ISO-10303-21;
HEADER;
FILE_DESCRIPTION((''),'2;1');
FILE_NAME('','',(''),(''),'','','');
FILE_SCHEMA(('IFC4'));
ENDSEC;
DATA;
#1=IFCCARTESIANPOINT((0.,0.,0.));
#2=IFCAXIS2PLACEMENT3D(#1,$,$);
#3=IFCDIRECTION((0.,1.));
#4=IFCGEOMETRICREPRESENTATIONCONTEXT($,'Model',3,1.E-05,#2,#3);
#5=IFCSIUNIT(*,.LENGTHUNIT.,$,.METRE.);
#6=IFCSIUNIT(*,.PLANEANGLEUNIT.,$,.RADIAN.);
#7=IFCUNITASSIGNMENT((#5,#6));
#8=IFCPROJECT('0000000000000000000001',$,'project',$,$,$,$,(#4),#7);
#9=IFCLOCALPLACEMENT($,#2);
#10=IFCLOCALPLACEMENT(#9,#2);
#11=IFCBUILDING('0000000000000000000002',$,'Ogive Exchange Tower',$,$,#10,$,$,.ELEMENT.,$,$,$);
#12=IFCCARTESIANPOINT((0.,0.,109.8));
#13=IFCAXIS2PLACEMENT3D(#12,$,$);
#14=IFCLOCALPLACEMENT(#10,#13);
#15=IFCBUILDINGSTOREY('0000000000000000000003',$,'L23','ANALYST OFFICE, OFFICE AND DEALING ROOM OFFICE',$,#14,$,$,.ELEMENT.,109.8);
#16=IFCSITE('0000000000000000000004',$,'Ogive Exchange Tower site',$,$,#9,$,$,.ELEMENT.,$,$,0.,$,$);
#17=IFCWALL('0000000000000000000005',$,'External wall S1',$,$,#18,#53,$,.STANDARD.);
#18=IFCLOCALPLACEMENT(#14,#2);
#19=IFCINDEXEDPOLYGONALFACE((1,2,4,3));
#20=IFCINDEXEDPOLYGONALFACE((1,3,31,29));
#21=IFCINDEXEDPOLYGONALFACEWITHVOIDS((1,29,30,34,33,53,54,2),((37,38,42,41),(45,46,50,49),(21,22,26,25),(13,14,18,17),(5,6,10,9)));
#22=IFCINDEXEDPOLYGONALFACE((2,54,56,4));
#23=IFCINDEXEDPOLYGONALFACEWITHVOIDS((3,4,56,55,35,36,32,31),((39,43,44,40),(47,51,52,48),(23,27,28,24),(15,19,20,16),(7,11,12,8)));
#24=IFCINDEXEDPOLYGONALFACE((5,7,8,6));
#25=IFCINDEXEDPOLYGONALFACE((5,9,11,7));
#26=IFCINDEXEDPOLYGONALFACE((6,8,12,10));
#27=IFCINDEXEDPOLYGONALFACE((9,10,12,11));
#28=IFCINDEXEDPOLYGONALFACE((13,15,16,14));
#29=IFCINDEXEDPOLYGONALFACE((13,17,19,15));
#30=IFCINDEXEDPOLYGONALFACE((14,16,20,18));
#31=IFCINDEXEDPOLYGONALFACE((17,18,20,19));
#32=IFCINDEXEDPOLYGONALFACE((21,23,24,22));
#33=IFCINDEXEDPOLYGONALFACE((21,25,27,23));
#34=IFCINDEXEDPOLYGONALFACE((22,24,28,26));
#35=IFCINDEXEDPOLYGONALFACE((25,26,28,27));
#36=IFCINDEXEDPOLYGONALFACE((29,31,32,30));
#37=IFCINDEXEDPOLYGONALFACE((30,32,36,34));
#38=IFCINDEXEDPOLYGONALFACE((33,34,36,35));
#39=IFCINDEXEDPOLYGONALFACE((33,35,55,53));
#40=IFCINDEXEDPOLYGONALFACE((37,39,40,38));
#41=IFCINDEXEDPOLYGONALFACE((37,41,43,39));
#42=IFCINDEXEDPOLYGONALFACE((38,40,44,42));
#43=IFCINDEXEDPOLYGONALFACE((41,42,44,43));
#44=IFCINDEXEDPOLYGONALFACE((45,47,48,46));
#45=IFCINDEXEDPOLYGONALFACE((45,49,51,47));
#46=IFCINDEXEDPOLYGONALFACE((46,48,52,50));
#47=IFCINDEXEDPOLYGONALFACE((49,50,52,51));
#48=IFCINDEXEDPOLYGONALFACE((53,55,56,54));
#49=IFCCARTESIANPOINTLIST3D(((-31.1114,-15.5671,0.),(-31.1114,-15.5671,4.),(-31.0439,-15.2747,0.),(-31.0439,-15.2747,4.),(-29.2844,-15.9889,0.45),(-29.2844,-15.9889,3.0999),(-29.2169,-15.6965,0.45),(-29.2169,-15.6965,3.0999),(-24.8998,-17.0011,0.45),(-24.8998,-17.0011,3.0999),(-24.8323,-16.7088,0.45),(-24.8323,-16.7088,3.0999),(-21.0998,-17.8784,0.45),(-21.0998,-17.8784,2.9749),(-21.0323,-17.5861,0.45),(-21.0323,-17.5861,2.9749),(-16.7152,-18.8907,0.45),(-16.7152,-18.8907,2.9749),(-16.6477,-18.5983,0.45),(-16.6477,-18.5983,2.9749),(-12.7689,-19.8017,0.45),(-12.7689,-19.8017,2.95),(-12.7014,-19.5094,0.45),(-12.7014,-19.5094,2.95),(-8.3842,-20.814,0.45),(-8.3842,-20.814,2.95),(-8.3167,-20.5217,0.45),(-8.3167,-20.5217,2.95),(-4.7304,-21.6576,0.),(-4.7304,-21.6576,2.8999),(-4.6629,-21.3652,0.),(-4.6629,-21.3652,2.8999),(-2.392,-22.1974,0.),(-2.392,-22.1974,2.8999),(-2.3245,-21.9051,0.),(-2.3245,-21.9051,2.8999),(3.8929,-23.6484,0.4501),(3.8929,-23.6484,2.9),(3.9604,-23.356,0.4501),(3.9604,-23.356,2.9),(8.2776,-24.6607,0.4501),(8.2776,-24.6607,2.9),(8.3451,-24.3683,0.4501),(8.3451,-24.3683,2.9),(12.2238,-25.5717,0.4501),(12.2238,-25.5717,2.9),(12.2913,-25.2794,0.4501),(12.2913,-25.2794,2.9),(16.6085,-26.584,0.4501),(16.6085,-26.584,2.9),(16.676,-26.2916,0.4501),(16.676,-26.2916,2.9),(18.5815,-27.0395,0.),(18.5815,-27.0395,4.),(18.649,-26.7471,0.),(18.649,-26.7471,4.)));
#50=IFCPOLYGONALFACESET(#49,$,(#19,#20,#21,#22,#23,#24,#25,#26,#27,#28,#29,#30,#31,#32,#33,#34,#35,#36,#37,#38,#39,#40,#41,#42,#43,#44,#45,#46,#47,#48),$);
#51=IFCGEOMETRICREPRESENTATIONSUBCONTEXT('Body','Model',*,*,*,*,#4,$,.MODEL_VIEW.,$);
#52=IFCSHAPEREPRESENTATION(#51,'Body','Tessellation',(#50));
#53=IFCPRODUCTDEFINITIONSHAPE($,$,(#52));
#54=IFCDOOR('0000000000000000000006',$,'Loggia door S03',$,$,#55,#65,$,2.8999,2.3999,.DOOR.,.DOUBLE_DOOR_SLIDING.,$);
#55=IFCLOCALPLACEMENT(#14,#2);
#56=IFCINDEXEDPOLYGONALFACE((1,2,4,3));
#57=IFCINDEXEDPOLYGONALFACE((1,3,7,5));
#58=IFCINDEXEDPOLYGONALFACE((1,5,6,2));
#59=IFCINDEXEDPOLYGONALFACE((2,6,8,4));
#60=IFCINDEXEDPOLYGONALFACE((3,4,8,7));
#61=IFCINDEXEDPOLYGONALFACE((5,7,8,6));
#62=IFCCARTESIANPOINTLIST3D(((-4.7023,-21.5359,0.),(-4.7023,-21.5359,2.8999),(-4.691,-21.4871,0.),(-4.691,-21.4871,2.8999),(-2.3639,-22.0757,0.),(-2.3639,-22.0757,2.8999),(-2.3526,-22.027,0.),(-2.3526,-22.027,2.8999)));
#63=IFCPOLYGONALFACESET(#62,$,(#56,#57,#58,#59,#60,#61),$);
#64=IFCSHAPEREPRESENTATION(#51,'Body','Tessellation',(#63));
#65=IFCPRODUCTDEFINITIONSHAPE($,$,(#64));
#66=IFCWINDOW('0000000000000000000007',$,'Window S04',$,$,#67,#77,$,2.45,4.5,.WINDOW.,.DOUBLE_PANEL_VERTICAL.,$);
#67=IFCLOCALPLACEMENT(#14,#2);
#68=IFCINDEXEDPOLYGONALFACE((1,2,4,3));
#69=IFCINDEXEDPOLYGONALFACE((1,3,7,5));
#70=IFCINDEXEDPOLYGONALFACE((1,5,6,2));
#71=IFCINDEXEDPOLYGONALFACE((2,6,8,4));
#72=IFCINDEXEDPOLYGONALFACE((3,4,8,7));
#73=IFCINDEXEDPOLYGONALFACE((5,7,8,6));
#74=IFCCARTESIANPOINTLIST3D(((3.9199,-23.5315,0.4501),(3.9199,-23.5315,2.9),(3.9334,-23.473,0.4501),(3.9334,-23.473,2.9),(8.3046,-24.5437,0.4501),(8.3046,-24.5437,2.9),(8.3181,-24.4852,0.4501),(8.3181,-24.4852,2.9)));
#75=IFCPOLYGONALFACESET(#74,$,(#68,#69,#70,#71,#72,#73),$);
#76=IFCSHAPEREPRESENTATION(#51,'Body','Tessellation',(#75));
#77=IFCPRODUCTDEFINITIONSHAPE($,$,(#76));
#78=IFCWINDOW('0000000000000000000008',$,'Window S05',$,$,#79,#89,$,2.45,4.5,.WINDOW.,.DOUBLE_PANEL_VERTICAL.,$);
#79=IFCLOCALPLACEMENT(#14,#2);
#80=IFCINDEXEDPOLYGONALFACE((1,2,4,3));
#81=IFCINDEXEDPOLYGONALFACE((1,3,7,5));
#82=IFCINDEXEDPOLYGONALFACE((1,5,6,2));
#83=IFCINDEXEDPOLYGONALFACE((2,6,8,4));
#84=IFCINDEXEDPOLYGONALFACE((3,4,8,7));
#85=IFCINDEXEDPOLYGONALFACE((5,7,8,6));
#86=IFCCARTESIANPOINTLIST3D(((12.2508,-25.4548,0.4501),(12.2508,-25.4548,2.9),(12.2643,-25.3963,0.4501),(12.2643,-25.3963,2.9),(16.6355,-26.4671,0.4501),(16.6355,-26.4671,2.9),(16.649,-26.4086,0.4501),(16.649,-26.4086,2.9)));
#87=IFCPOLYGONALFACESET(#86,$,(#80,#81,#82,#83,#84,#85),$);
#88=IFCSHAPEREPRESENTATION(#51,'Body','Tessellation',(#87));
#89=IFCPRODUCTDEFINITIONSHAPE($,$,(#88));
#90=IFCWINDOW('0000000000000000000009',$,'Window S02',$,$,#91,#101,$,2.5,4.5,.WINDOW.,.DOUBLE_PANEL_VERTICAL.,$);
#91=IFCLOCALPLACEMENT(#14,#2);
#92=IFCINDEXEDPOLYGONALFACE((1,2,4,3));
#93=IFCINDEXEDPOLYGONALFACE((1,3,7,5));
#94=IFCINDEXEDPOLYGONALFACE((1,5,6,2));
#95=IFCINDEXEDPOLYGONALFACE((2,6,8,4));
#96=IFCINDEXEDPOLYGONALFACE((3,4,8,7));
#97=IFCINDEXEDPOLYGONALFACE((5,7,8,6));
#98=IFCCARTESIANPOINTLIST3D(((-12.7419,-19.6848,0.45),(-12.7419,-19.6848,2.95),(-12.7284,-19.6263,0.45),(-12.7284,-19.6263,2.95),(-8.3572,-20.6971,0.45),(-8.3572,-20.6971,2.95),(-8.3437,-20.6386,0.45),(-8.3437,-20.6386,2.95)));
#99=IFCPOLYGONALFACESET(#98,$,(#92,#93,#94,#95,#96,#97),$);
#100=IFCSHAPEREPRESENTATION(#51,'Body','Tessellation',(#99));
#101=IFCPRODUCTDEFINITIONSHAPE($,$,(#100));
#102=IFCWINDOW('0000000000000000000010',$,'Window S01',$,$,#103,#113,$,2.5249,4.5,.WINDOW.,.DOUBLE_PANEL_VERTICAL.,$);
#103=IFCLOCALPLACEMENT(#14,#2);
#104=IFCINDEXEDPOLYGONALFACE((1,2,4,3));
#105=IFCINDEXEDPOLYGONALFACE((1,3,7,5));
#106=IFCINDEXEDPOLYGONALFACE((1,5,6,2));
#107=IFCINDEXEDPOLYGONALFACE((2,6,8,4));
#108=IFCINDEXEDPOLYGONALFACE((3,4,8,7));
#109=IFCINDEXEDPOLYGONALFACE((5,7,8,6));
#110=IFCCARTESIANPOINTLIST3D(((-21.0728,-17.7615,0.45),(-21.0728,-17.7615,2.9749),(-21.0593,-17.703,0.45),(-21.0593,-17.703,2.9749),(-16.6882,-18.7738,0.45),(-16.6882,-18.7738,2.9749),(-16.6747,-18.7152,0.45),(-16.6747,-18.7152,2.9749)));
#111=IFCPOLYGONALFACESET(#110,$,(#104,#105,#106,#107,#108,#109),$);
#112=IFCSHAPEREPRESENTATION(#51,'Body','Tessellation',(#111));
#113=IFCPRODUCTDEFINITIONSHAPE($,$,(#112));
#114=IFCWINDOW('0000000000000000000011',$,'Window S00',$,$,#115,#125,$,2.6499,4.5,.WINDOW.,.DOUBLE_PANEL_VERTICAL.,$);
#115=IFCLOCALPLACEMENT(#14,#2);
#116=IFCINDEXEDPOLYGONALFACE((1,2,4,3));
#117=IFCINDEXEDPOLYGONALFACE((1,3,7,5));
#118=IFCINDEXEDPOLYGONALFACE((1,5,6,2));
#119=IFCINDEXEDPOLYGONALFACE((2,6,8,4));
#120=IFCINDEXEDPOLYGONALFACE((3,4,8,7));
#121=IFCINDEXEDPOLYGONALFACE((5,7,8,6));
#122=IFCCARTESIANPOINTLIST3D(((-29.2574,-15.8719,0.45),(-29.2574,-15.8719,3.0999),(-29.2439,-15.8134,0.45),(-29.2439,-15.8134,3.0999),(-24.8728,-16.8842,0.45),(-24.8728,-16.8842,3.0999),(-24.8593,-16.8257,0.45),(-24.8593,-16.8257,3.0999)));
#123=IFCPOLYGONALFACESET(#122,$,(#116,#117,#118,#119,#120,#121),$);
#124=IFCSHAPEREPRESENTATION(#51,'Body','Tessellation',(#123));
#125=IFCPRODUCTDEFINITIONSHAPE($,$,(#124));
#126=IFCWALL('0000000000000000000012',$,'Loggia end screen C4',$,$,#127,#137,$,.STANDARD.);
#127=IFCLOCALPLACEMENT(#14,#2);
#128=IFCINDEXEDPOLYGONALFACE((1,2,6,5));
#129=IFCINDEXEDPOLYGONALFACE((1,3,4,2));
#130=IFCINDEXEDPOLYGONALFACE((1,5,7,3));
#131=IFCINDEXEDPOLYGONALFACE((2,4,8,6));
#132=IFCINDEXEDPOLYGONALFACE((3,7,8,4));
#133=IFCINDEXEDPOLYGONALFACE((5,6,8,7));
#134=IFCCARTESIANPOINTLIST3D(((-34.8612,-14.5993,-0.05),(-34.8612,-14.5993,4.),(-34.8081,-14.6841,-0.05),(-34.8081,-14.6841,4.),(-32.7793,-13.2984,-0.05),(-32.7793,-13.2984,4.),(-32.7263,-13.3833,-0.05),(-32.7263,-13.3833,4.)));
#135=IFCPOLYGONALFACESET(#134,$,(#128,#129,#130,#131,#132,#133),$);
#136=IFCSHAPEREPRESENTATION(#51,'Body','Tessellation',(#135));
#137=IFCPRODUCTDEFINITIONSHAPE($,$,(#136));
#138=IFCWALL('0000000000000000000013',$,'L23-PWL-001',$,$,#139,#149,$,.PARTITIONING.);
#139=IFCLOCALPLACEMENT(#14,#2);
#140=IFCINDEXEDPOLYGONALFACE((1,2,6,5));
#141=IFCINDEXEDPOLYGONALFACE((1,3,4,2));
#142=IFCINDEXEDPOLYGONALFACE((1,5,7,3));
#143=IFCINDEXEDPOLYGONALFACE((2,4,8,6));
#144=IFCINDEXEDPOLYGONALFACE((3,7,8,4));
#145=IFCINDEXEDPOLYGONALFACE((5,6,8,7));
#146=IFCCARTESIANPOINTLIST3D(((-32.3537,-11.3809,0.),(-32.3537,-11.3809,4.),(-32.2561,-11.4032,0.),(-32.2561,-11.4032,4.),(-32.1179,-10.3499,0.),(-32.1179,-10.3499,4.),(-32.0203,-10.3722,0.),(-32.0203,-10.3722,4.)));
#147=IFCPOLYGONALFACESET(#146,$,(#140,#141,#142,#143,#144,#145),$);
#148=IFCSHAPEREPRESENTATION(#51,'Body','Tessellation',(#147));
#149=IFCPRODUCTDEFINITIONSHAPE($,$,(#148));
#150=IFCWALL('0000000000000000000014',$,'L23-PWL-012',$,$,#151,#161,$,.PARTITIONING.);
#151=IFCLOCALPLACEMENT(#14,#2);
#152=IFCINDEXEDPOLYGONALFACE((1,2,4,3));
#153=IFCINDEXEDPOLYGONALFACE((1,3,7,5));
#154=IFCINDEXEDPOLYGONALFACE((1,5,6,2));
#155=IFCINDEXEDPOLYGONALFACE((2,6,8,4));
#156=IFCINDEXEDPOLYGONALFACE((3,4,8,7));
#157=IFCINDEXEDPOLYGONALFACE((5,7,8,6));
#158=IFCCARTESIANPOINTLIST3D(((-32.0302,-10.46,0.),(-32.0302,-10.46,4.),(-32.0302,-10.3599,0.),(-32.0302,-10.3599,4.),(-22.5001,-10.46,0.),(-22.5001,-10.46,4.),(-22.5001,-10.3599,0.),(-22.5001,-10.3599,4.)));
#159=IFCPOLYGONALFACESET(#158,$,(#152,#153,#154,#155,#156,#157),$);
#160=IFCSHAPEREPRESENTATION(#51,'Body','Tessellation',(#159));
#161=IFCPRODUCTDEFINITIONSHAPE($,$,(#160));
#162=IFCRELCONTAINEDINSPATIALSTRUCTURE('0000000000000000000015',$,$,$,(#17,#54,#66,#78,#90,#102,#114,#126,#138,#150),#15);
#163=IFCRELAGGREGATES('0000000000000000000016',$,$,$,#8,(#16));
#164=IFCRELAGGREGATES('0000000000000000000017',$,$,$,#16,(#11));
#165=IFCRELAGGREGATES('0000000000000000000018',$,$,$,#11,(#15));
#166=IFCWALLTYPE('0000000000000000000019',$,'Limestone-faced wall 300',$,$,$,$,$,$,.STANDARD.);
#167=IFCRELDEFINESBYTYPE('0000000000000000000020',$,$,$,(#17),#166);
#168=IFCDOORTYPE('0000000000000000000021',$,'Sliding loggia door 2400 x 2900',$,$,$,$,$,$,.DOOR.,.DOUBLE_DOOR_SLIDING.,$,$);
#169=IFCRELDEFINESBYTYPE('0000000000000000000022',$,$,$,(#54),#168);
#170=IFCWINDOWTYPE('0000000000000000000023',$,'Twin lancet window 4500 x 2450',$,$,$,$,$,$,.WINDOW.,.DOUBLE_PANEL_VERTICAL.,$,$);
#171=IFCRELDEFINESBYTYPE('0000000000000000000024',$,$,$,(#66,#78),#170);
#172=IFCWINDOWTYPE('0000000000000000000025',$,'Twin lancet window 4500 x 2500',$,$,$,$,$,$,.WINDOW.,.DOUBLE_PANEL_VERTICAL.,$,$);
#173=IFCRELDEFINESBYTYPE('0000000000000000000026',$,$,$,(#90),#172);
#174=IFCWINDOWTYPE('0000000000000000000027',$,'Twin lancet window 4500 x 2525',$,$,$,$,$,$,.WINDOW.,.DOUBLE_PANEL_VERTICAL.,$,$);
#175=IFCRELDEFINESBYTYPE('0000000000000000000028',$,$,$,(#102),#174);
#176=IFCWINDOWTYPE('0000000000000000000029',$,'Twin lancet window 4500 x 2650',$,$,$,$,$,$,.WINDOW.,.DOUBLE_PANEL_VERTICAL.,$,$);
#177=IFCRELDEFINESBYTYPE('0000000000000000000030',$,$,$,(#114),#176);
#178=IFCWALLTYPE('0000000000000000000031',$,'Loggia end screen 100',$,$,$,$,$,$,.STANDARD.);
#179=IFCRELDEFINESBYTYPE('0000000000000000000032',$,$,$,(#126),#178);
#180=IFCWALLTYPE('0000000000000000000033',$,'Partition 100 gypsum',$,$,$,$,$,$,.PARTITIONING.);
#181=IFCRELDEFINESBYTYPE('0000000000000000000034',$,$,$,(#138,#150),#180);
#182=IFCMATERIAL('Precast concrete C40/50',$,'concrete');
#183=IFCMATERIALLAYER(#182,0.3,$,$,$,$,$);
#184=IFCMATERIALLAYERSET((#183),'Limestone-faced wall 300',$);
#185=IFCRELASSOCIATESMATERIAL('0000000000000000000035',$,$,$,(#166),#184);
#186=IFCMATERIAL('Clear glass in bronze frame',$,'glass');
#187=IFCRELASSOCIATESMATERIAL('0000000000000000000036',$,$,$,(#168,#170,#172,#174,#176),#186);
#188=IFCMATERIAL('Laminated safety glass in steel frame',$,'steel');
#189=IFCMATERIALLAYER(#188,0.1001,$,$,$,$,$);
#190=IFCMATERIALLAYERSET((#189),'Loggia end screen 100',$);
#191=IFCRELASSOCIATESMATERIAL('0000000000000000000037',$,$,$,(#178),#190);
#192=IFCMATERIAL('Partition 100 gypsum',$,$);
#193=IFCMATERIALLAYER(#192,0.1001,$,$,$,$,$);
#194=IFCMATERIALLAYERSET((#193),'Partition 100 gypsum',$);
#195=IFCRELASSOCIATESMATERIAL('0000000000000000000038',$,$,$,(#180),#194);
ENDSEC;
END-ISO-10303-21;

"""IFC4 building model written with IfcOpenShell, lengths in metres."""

from ifc_helpers import new_model, si_unit, direction, frame, frame_2d, origin, place, context, subcontext, project, spatial, rectangle, extrude, material, layer, layer_set, type_object, element, fill, save


model = new_model("IFC4")

# Units and contexts
model_context = context("Model", 3, precision=1e-05, world=origin(), true_north=direction((0.0, 1.0)))
body_context = subcontext(model_context, "Body", "Model", "MODEL_VIEW")
ifc_project = project(units=[si_unit("LENGTHUNIT", "METRE"), si_unit("PLANEANGLEUNIT", "RADIAN")], contexts=[model_context])

# Site, building, storey
site_placement = place(None, origin())
site = spatial("IfcSite", under=ifc_project, at=site_placement, Name="Ogive Exchange Tower site", CompositionType="ELEMENT", RefElevation=0.0)
building_placement = place(site_placement, origin())
building = spatial("IfcBuilding", under=site, at=building_placement, Name="Ogive Exchange Tower", CompositionType="ELEMENT")
storey_placement = place(building_placement, frame((0.0, 0.0, 109.8)))
storey = spatial("IfcBuildingStorey", under=building, at=storey_placement, Name="L23", Description="ANALYST OFFICE, OFFICE AND DEALING ROOM OFFICE", CompositionType="ELEMENT", Elevation=109.8)

# Wall, openings, door, windows
ifc_material_1 = material(Name="Precast concrete C40/50", Category="concrete")
ifc_layer_1 = layer(ifc_material_1, 0.3)
ifc_layer_set_1 = layer_set([ifc_layer_1], Name="Limestone-faced wall 300")
wall_type_1 = type_object("IfcWallType", Name="Limestone-faced wall 300", PredefinedType="STANDARD", material=ifc_layer_set_1)
wall_1_placement = place(storey_placement, frame((-31.0776, -15.4209, 0.0), z_axis=(0.0, 0.0, 1.0), x_axis=(0.97437, -0.224949, 0.0)))
wall_1 = element("IfcWall", 1, at=wall_1_placement, inside=storey, type_object=wall_type_1, Name="External wall S1", PredefinedType="STANDARD", context=body_context, shape_type="SweptSolid", body=[
    extrude(rectangle(XDim=51.0, YDim=0.3, at=frame_2d((25.5, 0.0))), origin(), (0.0, 0.0, 1.0), 4.0),
])
opening_1_placement = place(wall_1_placement, frame((1.875, 0.0, 0.45)))
opening_1 = element("IfcOpeningElement", 2, at=opening_1_placement, cuts=wall_1, PredefinedType="OPENING", context=body_context, shape_type="SweptSolid", body=[
    extrude(rectangle(XDim=4.5, YDim=2.6499, at=frame_2d((2.25, 1.325))), frame((0.0, 0.1599, 0.0), z_axis=(0.0, -1.0, 0.0), x_axis=(1.0, 0.0, 0.0)), (0.0, 0.0, 1.0), 0.3201),
])
opening_2_placement = place(wall_1_placement, frame((10.2749, 0.0, 0.45)))
opening_2 = element("IfcOpeningElement", 3, at=opening_2_placement, cuts=wall_1, PredefinedType="OPENING", context=body_context, shape_type="SweptSolid", body=[
    extrude(rectangle(XDim=4.5, YDim=2.5249, at=frame_2d((2.25, 1.2625))), frame((0.0, 0.1599, 0.0), z_axis=(0.0, -1.0, 0.0), x_axis=(1.0, 0.0, 0.0)), (0.0, 0.0, 1.0), 0.3201),
])
opening_3_placement = place(wall_1_placement, frame((18.825, 0.0, 0.45)))
opening_3 = element("IfcOpeningElement", 4, at=opening_3_placement, cuts=wall_1, PredefinedType="OPENING", context=body_context, shape_type="SweptSolid", body=[
    extrude(rectangle(XDim=4.5, YDim=2.5, at=frame_2d((2.25, 1.25))), frame((0.0, 0.1599, 0.0), z_axis=(0.0, -1.0, 0.0), x_axis=(1.0, 0.0, 0.0)), (0.0, 0.0, 1.0), 0.3201),
])
opening_4_placement = place(wall_1_placement, frame((27.075, 0.0, 0.0)))
opening_4 = element("IfcOpeningElement", 5, at=opening_4_placement, cuts=wall_1, PredefinedType="OPENING", context=body_context, shape_type="SweptSolid", body=[
    extrude(rectangle(XDim=2.3999, YDim=2.8999, at=frame_2d((1.2, 1.45))), frame((0.0, 0.1599, 0.0), z_axis=(0.0, -1.0, 0.0), x_axis=(1.0, 0.0, 0.0)), (0.0, 0.0, 1.0), 0.3201),
])
opening_5_placement = place(wall_1_placement, frame((35.925, 0.0, 0.45)))
opening_5 = element("IfcOpeningElement", 6, at=opening_5_placement, cuts=wall_1, PredefinedType="OPENING", context=body_context, shape_type="SweptSolid", body=[
    extrude(rectangle(XDim=4.5, YDim=2.45, at=frame_2d((2.25, 1.2251))), frame((0.0, 0.1599, 0.0), z_axis=(0.0, -1.0, 0.0), x_axis=(1.0, 0.0, 0.0)), (0.0, 0.0, 1.0), 0.3201),
])
opening_6_placement = place(wall_1_placement, frame((44.4751, 0.0, 0.45)))
opening_6 = element("IfcOpeningElement", 7, at=opening_6_placement, cuts=wall_1, PredefinedType="OPENING", context=body_context, shape_type="SweptSolid", body=[
    extrude(rectangle(XDim=4.5, YDim=2.45, at=frame_2d((2.25, 1.2251))), frame((0.0, 0.1599, 0.0), z_axis=(0.0, -1.0, 0.0), x_axis=(1.0, 0.0, 0.0)), (0.0, 0.0, 1.0), 0.3201),
])
ifc_material_2 = material(Name="Clear glass in bronze frame", Category="glass")
door_type = type_object("IfcDoorType", Name="Sliding loggia door 2400 x 2900", OperationType="DOUBLE_DOOR_SLIDING", PredefinedType="DOOR", material=ifc_material_2)
door_placement = place(opening_4_placement, origin())
door = element("IfcDoor", 8, at=door_placement, inside=storey, type_object=door_type, Name="Loggia door S03", OperationType="DOUBLE_DOOR_SLIDING", OverallHeight=2.8999, OverallWidth=2.3999, PredefinedType="DOOR", context=body_context, shape_type="SweptSolid", body=[
    extrude(rectangle(XDim=2.3999, YDim=2.8999, at=frame_2d((1.2, 1.45))), frame((0.0, 0.0249, 0.0), z_axis=(0.0, -1.0, 0.0), x_axis=(1.0, 0.0, 0.0)), (0.0, 0.0, 1.0), 0.05),
])
fill(opening_4, door)
window_type_1 = type_object("IfcWindowType", Name="Twin lancet window 4500 x 2450", PartitioningType="DOUBLE_PANEL_VERTICAL", PredefinedType="WINDOW", material=ifc_material_2)
window_1_placement = place(opening_5_placement, origin())
window_1 = element("IfcWindow", 9, at=window_1_placement, inside=storey, type_object=window_type_1, Name="Window S04", OverallHeight=2.45, OverallWidth=4.5, PartitioningType="DOUBLE_PANEL_VERTICAL", PredefinedType="WINDOW", context=body_context, shape_type="SweptSolid", body=[
    extrude(rectangle(XDim=4.5, YDim=2.45, at=frame_2d((2.25, 1.2251))), frame((0.0, 0.03, 0.0), z_axis=(0.0, -1.0, 0.0), x_axis=(1.0, 0.0, 0.0)), (0.0, 0.0, 1.0), 0.0601),
])
fill(opening_5, window_1)
window_2_placement = place(opening_6_placement, origin())
window_2 = element("IfcWindow", 10, at=window_2_placement, inside=storey, type_object=window_type_1, Name="Window S05", OverallHeight=2.45, OverallWidth=4.5, PartitioningType="DOUBLE_PANEL_VERTICAL", PredefinedType="WINDOW", context=body_context, shape_type="SweptSolid", body=[
    extrude(rectangle(XDim=4.5, YDim=2.45, at=frame_2d((2.25, 1.2251))), frame((0.0, 0.03, 0.0), z_axis=(0.0, -1.0, 0.0), x_axis=(1.0, 0.0, 0.0)), (0.0, 0.0, 1.0), 0.0601),
])
fill(opening_6, window_2)
window_type_2 = type_object("IfcWindowType", Name="Twin lancet window 4500 x 2500", PartitioningType="DOUBLE_PANEL_VERTICAL", PredefinedType="WINDOW", material=ifc_material_2)
window_3_placement = place(opening_3_placement, origin())
window_3 = element("IfcWindow", 11, at=window_3_placement, inside=storey, type_object=window_type_2, Name="Window S02", OverallHeight=2.5, OverallWidth=4.5, PartitioningType="DOUBLE_PANEL_VERTICAL", PredefinedType="WINDOW", context=body_context, shape_type="SweptSolid", body=[
    extrude(rectangle(XDim=4.5, YDim=2.5, at=frame_2d((2.25, 1.25))), frame((0.0, 0.03, 0.0), z_axis=(0.0, -1.0, 0.0), x_axis=(1.0, 0.0, 0.0)), (0.0, 0.0, 1.0), 0.0601),
])
fill(opening_3, window_3)
window_type_3 = type_object("IfcWindowType", Name="Twin lancet window 4500 x 2525", PartitioningType="DOUBLE_PANEL_VERTICAL", PredefinedType="WINDOW", material=ifc_material_2)
window_4_placement = place(opening_2_placement, origin())
window_4 = element("IfcWindow", 12, at=window_4_placement, inside=storey, type_object=window_type_3, Name="Window S01", OverallHeight=2.5249, OverallWidth=4.5, PartitioningType="DOUBLE_PANEL_VERTICAL", PredefinedType="WINDOW", context=body_context, shape_type="SweptSolid", body=[
    extrude(rectangle(XDim=4.5, YDim=2.5249, at=frame_2d((2.25, 1.2625))), frame((0.0, 0.03, 0.0), z_axis=(0.0, -1.0, 0.0), x_axis=(1.0, 0.0, 0.0)), (0.0, 0.0, 1.0), 0.0601),
])
fill(opening_2, window_4)
window_type_4 = type_object("IfcWindowType", Name="Twin lancet window 4500 x 2650", PartitioningType="DOUBLE_PANEL_VERTICAL", PredefinedType="WINDOW", material=ifc_material_2)
window_5_placement = place(opening_1_placement, origin())
window_5 = element("IfcWindow", 13, at=window_5_placement, inside=storey, type_object=window_type_4, Name="Window S00", OverallHeight=2.6499, OverallWidth=4.5, PartitioningType="DOUBLE_PANEL_VERTICAL", PredefinedType="WINDOW", context=body_context, shape_type="SweptSolid", body=[
    extrude(rectangle(XDim=4.5, YDim=2.6499, at=frame_2d((2.25, 1.325))), frame((0.0, 0.03, 0.0), z_axis=(0.0, -1.0, 0.0), x_axis=(1.0, 0.0, 0.0)), (0.0, 0.0, 1.0), 0.0601),
])
fill(opening_1, window_5)

# Walls
ifc_material_3 = material(Name="Laminated safety glass in steel frame", Category="steel")
ifc_layer_2 = layer(ifc_material_3, 0.1001)
ifc_layer_set_2 = layer_set([ifc_layer_2], Name="Loggia end screen 100")
wall_type_2 = type_object("IfcWallType", Name="Loggia end screen 100", PredefinedType="STANDARD", material=ifc_layer_set_2)
wall_2_placement = place(storey_placement, frame((-32.7527, -13.3408, -0.05), z_axis=(0.0, 0.0, 1.0), x_axis=(-0.84806, -0.529901, 0.0)))
element("IfcWall", 14, at=wall_2_placement, inside=storey, type_object=wall_type_2, Name="Loggia end screen C4", PredefinedType="STANDARD", context=body_context, shape_type="SweptSolid", body=[
    extrude(rectangle(XDim=2.4548, YDim=0.1001, at=frame_2d((1.2275, 0.0))), origin(), (0.0, 0.0, 1.0), 4.05),
])
ifc_material_4 = material(Name="Partition 100 gypsum")
ifc_layer_3 = layer(ifc_material_4, 0.1001)
ifc_layer_set_3 = layer_set([ifc_layer_3], Name="Partition 100 gypsum")
wall_type_3 = type_object("IfcWallType", Name="Partition 100 gypsum", PredefinedType="PARTITIONING", material=ifc_layer_set_3)
wall_3_placement = place(storey_placement, frame((-32.0691, -10.3611, 0.0), z_axis=(0.0, 0.0, 1.0), x_axis=(-0.222988, -0.974821, 0.0)))
element("IfcWall", 15, at=wall_3_placement, inside=storey, type_object=wall_type_3, Name="L23-PWL-001", PredefinedType="PARTITIONING", context=body_context, shape_type="SweptSolid", body=[
    extrude(rectangle(XDim=1.0576, YDim=0.1001, at=frame_2d((0.5288, 0.0))), origin(), (0.0, 0.0, 1.0), 4.0),
])
wall_4_placement = place(storey_placement, frame((-22.5, -10.4099, 0.0), z_axis=(0.0, 0.0, 1.0), x_axis=(-1.0, 0.0, 0.0)))
element("IfcWall", 16, at=wall_4_placement, inside=storey, type_object=wall_type_3, Name="L23-PWL-012", PredefinedType="PARTITIONING", context=body_context, shape_type="SweptSolid", body=[
    extrude(rectangle(XDim=9.53, YDim=0.1001, at=frame_2d((4.7651, 0.0))), origin(), (0.0, 0.0, 1.0), 4.0),
])

save(model, "model.ifc")
